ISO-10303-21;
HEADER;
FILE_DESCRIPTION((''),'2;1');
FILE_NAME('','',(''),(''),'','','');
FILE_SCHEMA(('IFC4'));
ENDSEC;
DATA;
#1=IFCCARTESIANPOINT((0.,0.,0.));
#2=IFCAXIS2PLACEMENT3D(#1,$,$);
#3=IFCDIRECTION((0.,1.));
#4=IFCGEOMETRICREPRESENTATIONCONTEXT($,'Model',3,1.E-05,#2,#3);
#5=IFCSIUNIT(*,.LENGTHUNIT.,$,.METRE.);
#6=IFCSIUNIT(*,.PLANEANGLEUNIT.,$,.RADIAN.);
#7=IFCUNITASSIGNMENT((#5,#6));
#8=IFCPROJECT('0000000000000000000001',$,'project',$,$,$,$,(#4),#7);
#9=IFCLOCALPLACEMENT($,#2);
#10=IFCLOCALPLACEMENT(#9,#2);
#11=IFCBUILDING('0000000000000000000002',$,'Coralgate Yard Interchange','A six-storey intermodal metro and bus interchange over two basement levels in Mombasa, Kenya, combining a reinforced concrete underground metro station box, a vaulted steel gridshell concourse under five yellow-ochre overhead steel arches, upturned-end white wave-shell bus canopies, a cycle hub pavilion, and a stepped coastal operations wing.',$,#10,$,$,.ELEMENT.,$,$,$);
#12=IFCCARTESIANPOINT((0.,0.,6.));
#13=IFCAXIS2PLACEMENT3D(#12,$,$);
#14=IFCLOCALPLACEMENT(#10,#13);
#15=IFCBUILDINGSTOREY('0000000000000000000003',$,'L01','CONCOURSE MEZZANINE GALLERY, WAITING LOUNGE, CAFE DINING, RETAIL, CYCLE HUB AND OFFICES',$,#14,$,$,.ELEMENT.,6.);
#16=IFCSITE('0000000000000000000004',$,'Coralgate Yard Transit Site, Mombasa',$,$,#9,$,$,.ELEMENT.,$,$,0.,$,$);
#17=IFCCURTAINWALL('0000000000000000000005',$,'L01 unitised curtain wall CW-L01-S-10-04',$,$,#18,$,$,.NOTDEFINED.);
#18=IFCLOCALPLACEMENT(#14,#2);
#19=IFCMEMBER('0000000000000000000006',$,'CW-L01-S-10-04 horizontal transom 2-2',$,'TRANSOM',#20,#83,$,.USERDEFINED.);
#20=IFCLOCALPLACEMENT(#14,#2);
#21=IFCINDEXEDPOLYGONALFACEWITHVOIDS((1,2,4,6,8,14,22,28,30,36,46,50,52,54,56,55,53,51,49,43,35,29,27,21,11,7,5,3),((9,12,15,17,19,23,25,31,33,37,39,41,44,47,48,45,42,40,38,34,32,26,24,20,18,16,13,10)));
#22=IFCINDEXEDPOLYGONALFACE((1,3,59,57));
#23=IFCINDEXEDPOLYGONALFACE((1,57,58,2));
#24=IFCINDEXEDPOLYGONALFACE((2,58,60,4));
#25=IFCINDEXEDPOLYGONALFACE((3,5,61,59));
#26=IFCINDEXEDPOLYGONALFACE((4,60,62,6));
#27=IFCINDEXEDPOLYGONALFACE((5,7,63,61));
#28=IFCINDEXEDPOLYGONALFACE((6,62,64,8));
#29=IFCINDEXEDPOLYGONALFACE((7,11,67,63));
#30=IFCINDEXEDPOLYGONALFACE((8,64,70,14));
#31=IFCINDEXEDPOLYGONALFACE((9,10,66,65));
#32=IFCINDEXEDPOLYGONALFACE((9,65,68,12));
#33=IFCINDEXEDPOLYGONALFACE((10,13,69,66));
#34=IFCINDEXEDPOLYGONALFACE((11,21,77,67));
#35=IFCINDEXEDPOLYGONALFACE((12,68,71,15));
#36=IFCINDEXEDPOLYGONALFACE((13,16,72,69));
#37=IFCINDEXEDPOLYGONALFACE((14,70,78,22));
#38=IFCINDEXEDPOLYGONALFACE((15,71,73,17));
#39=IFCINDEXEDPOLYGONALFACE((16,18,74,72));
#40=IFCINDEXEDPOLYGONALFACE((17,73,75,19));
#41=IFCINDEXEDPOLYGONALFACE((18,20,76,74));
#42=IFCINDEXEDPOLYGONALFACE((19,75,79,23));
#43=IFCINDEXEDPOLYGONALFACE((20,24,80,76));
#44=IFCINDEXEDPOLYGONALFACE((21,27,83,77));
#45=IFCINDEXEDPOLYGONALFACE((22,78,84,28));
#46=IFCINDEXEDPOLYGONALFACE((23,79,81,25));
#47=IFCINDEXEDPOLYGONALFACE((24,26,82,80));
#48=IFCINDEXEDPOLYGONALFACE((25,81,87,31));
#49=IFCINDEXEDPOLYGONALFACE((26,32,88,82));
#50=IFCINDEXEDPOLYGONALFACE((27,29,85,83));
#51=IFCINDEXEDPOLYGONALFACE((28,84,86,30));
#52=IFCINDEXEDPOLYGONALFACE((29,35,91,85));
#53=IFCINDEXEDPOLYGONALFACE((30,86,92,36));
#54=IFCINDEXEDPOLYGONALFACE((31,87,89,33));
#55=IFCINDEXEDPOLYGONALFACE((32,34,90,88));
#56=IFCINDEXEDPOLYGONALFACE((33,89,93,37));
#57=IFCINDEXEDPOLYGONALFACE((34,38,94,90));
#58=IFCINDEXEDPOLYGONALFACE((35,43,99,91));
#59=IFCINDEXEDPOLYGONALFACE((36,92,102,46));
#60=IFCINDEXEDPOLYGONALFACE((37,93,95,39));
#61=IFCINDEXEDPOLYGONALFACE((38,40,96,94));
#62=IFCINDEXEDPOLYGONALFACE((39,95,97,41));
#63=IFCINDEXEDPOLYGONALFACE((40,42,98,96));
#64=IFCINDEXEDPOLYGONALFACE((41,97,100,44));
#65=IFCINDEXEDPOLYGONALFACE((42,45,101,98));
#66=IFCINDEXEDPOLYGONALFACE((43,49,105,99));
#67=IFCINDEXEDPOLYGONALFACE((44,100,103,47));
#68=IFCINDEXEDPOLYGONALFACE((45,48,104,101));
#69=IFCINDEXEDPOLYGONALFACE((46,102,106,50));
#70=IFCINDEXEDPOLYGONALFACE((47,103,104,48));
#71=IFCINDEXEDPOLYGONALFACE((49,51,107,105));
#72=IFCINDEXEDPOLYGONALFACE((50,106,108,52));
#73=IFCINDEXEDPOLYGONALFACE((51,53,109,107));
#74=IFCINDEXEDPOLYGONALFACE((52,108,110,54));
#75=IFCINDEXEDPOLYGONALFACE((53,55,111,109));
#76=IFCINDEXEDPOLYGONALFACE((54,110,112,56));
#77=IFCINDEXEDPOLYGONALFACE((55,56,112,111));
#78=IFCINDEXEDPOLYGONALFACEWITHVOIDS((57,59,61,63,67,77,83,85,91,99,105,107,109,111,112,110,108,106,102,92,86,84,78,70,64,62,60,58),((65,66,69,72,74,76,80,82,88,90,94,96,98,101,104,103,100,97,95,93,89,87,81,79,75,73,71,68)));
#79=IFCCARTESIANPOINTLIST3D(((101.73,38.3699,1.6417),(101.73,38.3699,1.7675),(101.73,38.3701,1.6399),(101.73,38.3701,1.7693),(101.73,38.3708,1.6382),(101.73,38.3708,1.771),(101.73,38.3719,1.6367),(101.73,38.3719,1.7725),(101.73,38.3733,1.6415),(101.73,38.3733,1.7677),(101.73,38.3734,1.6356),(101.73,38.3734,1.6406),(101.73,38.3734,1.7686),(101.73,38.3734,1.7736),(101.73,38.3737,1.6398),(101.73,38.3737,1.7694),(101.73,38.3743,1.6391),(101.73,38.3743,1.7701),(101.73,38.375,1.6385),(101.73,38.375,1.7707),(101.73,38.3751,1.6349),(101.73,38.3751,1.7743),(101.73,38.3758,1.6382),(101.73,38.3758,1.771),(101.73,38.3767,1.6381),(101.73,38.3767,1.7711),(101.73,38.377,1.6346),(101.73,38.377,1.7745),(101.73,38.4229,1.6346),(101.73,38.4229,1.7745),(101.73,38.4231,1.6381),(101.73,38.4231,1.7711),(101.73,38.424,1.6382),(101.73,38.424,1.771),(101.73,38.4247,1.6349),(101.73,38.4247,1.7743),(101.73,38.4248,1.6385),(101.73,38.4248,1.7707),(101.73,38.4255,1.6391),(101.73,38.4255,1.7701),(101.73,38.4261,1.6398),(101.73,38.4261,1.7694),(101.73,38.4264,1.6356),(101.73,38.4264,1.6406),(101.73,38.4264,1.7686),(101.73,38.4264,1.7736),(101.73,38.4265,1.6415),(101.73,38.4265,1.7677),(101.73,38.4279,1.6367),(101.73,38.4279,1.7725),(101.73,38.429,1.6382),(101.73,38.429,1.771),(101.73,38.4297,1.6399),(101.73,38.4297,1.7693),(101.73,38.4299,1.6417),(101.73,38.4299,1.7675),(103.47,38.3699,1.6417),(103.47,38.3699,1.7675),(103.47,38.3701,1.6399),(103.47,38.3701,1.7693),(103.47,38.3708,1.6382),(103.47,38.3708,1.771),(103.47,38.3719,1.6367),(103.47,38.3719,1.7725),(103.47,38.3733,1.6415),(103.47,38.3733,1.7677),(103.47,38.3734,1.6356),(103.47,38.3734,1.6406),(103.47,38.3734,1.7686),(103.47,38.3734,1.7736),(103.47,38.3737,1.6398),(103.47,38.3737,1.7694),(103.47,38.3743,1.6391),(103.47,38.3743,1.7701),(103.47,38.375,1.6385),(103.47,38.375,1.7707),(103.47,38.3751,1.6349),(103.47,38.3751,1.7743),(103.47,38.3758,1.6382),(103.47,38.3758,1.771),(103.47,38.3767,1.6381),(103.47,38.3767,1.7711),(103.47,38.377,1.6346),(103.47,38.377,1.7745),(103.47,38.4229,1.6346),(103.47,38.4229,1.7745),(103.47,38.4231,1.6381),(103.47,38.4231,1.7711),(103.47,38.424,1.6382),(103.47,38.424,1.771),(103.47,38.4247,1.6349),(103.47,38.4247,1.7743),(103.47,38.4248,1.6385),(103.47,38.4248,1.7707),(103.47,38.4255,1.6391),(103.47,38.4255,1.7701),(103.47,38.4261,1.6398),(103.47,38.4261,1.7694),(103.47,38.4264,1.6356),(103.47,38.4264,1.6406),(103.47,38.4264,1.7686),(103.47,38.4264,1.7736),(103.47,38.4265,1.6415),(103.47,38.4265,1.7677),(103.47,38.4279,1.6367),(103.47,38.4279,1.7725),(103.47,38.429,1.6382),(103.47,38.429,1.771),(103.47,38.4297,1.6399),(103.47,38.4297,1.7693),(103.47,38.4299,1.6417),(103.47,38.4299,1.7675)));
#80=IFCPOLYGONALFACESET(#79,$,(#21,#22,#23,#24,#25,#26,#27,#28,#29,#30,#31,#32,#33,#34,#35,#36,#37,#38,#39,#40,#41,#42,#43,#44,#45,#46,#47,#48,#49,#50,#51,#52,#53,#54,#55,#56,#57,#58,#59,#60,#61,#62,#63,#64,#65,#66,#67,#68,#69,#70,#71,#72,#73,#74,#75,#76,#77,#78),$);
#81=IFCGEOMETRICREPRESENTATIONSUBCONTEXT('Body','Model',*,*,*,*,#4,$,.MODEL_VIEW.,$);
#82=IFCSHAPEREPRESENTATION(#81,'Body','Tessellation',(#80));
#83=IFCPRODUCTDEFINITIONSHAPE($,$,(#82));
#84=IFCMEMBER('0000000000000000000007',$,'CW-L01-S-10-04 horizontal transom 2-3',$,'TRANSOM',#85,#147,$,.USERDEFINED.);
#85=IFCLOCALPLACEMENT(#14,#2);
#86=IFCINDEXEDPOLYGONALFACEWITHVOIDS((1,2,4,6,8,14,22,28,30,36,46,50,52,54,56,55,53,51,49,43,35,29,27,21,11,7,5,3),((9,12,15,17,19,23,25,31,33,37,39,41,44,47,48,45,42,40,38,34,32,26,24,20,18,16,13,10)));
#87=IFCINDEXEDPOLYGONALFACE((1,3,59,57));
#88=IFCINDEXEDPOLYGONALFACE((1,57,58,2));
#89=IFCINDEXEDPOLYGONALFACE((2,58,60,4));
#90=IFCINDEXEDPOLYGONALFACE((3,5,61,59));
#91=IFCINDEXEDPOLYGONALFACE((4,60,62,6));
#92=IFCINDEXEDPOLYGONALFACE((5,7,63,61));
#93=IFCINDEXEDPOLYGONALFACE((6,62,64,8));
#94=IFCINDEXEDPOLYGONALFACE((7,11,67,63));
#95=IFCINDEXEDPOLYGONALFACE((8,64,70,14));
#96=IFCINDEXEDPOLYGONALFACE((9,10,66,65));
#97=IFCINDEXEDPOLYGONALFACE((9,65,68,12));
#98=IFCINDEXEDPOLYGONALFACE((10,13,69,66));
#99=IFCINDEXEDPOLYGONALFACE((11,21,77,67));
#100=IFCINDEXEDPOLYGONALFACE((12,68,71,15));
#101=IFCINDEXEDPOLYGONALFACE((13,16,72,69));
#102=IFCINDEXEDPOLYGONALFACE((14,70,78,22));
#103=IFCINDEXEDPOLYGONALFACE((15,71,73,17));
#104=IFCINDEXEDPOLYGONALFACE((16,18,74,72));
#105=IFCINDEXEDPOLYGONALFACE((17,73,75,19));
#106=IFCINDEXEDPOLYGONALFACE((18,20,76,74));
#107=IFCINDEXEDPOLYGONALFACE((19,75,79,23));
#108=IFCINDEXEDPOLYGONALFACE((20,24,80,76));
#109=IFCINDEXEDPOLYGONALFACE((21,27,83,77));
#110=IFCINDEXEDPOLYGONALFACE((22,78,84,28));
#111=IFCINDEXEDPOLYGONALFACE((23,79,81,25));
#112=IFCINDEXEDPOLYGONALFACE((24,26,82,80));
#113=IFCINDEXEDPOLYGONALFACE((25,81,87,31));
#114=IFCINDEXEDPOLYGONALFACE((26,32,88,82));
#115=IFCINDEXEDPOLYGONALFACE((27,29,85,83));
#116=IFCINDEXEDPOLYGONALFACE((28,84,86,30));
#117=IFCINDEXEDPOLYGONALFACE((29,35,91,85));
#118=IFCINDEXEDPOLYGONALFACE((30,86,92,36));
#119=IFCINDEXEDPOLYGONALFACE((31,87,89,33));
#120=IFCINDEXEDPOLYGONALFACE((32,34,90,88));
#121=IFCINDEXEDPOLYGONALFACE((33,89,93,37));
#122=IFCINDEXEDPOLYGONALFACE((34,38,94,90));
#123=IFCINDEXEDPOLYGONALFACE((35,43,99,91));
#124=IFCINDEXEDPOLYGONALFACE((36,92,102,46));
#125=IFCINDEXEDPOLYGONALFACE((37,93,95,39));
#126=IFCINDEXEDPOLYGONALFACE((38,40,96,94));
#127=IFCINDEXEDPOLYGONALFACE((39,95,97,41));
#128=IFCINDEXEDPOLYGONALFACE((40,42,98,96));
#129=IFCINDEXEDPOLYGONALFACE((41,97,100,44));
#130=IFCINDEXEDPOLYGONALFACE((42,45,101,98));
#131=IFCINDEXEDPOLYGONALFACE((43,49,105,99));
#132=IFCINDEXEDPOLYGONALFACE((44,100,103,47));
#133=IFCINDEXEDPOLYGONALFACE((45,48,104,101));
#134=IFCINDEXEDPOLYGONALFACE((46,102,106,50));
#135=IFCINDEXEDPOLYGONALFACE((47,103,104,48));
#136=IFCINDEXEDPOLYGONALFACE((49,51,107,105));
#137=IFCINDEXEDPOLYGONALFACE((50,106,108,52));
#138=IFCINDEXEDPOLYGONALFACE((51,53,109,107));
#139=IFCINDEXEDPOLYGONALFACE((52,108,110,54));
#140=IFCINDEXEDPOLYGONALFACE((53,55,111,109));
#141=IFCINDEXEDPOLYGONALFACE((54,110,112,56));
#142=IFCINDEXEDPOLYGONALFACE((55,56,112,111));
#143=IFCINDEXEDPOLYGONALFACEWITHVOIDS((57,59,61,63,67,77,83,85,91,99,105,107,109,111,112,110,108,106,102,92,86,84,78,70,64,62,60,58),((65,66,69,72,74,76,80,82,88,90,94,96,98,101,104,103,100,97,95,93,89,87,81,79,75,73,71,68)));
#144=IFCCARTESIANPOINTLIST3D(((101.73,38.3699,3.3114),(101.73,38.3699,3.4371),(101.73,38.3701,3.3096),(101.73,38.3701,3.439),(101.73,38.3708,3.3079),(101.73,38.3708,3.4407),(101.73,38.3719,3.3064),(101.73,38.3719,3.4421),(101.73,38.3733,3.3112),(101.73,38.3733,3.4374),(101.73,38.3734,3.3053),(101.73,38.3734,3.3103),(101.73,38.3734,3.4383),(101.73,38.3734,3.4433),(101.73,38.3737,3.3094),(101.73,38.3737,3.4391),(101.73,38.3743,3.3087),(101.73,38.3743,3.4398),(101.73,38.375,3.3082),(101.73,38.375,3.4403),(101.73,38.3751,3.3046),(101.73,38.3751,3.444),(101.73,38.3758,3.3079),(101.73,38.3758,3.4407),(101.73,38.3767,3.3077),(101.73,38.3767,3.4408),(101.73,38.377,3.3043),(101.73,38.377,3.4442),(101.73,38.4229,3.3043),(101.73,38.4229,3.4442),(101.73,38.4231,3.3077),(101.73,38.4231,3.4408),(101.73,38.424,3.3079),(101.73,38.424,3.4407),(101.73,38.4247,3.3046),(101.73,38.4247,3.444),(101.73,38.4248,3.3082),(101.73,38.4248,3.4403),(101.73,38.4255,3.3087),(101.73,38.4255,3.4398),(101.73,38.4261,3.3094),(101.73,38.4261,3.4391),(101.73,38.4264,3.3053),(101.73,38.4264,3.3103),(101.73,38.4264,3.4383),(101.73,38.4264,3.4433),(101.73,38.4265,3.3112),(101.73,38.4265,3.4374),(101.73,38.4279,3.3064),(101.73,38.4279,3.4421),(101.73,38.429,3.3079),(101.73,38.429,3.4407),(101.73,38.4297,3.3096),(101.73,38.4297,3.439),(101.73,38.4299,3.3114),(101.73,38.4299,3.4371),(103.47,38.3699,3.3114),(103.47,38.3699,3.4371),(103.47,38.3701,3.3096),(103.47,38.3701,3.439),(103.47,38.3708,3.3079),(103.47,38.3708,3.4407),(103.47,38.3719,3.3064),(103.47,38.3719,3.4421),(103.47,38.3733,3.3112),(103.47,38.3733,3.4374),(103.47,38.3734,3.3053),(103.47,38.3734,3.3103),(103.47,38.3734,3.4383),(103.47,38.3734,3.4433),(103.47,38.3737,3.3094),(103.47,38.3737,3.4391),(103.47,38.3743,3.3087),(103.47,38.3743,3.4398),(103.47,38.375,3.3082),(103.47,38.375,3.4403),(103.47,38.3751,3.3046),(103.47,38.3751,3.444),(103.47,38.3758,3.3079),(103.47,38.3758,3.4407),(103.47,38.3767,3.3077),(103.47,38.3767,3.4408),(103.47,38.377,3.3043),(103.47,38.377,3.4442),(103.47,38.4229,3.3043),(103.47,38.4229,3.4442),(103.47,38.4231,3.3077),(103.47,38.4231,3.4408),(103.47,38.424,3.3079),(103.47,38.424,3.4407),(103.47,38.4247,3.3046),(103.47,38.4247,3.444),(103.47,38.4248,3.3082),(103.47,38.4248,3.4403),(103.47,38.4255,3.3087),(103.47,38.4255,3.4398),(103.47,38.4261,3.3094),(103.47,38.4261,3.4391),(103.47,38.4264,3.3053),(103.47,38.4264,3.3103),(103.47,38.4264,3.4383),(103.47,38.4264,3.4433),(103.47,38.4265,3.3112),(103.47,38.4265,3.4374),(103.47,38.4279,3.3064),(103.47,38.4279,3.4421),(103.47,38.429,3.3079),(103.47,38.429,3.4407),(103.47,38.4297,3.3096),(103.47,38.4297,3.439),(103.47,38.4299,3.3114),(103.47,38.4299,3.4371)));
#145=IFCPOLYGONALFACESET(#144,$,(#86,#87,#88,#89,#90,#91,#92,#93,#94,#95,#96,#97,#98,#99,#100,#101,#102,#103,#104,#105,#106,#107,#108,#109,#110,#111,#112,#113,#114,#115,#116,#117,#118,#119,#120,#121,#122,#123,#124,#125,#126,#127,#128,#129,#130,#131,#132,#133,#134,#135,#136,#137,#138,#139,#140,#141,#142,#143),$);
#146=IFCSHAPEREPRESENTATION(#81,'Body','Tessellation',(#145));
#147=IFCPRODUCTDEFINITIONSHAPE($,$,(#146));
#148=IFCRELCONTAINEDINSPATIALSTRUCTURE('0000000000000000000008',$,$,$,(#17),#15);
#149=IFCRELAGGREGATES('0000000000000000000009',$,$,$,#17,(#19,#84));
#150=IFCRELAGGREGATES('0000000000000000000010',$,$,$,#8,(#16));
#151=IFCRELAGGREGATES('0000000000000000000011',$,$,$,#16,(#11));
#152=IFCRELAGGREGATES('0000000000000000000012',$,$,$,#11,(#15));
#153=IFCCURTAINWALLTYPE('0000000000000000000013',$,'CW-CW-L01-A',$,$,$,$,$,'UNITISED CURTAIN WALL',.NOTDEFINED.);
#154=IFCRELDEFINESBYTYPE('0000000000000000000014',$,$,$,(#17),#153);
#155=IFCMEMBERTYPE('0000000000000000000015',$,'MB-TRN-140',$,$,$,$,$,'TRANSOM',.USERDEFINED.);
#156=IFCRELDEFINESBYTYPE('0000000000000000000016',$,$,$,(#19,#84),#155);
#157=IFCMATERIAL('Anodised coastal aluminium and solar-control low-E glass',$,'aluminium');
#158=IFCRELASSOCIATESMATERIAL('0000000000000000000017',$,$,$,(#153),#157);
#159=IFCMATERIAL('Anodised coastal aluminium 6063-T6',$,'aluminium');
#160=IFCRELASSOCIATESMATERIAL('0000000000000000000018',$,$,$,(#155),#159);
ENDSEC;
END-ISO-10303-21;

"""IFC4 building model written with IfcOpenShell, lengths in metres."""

from ifc_helpers import new_model, si_unit, direction, frame, origin, origin_2d, place, context, subcontext, project, spatial, hollow_rectangle, extrude, material, material_profile, profile_set, type_object, element, aggregate, save


model = new_model("IFC4")

# Units and contexts
model_context = context("Model", 3, precision=1e-05, world=origin(), true_north=direction((0.0, 1.0)))
body_context = subcontext(model_context, "Body", "Model", "MODEL_VIEW")
ifc_project = project(units=[si_unit("LENGTHUNIT", "METRE"), si_unit("PLANEANGLEUNIT", "RADIAN")], contexts=[model_context])

# Site, building, storey
site_placement = place(None, origin())
site = spatial("IfcSite", under=ifc_project, at=site_placement, Name="Coralgate Yard Transit Site, Mombasa", CompositionType="ELEMENT", RefElevation=0.0)
building_placement = place(site_placement, origin())
building = spatial("IfcBuilding", under=site, at=building_placement, Name="Coralgate Yard Interchange", Description="A six-storey intermodal metro and bus interchange over two basement levels in Mombasa, Kenya, combining a reinforced concrete underground metro station box, a vaulted steel gridshell concourse under five yellow-ochre overhead steel arches, upturned-end white wave-shell bus canopies, a cycle hub pavilion, and a stepped coastal operations wing.", CompositionType="ELEMENT")
storey_placement = place(building_placement, frame((0.0, 0.0, 6.0)))
storey = spatial("IfcBuildingStorey", under=building, at=storey_placement, Name="L01", Description="CONCOURSE MEZZANINE GALLERY, WAITING LOUNGE, CAFE DINING, RETAIL, CYCLE HUB AND OFFICES", CompositionType="ELEMENT", Elevation=6.0)

# Curtain wall
ifc_material_1 = material(Name="Anodised coastal aluminium and solar-control low-E glass", Category="aluminium")
curtain_wall_type_1 = type_object("IfcCurtainWallType", Name="CW-CW-L01-A", ElementType="UNITISED CURTAIN WALL", PredefinedType="NOTDEFINED", material=ifc_material_1)
curtain_wall_1_placement = place(storey_placement, origin())
curtain_wall_1 = element("IfcCurtainWall", 1, at=curtain_wall_1_placement, inside=storey, type_object=curtain_wall_type_1, Name="L01 unitised curtain wall CW-L01-S-10-04", PredefinedType="NOTDEFINED")
ifc_material_2 = material(Name="Anodised coastal aluminium 6063-T6", Category="aluminium")

# Members
ifc_material_profile_1 = material_profile(ifc_material_2, hollow_rectangle(XDim=0.0601, YDim=0.1399, WallThickness=0.0034, InnerFilletRadius=0.0034, OuterFilletRadius=0.0071, at=origin_2d()), Name="ALU 60x140x3.5")
ifc_profile_set_1 = profile_set([ifc_material_profile_1], Name="Anodised coastal aluminium 6063-T6")
member_type_1 = type_object("IfcMemberType", Name="MB-TRN-140", ElementType="TRANSOM", PredefinedType="USERDEFINED", material=ifc_profile_set_1)
member_1_placement = place(storey_placement, frame((103.47, 38.3999, 1.7046), z_axis=(-1.0, 0.0, 0.0), x_axis=(0.0, -1.0, 0.0)))
member_1 = element("IfcMember", 2, at=member_1_placement, type_object=member_type_1, Name="CW-L01-S-10-04 horizontal transom 2-2", ObjectType="TRANSOM", PredefinedType="USERDEFINED", context=body_context, shape_type="SweptSolid", body=[
    extrude(hollow_rectangle(XDim=0.0601, YDim=0.1399, WallThickness=0.0034, InnerFilletRadius=0.0034, OuterFilletRadius=0.0071, at=origin_2d()), origin(), (0.0, 0.0, 1.0), 1.74),
])
member_2_placement = place(storey_placement, frame((103.47, 38.3999, 3.3743), z_axis=(-1.0, 0.0, 0.0), x_axis=(0.0, -1.0, 0.0)))
member_2 = element("IfcMember", 3, at=member_2_placement, type_object=member_type_1, Name="CW-L01-S-10-04 horizontal transom 2-3", ObjectType="TRANSOM", PredefinedType="USERDEFINED", context=body_context, shape_type="SweptSolid", body=[
    extrude(hollow_rectangle(XDim=0.0601, YDim=0.1399, WallThickness=0.0034, InnerFilletRadius=0.0034, OuterFilletRadius=0.0071, at=origin_2d()), origin(), (0.0, 0.0, 1.0), 1.74),
])

aggregate(curtain_wall_1, [member_1, member_2])

save(model, "model.ifc")
